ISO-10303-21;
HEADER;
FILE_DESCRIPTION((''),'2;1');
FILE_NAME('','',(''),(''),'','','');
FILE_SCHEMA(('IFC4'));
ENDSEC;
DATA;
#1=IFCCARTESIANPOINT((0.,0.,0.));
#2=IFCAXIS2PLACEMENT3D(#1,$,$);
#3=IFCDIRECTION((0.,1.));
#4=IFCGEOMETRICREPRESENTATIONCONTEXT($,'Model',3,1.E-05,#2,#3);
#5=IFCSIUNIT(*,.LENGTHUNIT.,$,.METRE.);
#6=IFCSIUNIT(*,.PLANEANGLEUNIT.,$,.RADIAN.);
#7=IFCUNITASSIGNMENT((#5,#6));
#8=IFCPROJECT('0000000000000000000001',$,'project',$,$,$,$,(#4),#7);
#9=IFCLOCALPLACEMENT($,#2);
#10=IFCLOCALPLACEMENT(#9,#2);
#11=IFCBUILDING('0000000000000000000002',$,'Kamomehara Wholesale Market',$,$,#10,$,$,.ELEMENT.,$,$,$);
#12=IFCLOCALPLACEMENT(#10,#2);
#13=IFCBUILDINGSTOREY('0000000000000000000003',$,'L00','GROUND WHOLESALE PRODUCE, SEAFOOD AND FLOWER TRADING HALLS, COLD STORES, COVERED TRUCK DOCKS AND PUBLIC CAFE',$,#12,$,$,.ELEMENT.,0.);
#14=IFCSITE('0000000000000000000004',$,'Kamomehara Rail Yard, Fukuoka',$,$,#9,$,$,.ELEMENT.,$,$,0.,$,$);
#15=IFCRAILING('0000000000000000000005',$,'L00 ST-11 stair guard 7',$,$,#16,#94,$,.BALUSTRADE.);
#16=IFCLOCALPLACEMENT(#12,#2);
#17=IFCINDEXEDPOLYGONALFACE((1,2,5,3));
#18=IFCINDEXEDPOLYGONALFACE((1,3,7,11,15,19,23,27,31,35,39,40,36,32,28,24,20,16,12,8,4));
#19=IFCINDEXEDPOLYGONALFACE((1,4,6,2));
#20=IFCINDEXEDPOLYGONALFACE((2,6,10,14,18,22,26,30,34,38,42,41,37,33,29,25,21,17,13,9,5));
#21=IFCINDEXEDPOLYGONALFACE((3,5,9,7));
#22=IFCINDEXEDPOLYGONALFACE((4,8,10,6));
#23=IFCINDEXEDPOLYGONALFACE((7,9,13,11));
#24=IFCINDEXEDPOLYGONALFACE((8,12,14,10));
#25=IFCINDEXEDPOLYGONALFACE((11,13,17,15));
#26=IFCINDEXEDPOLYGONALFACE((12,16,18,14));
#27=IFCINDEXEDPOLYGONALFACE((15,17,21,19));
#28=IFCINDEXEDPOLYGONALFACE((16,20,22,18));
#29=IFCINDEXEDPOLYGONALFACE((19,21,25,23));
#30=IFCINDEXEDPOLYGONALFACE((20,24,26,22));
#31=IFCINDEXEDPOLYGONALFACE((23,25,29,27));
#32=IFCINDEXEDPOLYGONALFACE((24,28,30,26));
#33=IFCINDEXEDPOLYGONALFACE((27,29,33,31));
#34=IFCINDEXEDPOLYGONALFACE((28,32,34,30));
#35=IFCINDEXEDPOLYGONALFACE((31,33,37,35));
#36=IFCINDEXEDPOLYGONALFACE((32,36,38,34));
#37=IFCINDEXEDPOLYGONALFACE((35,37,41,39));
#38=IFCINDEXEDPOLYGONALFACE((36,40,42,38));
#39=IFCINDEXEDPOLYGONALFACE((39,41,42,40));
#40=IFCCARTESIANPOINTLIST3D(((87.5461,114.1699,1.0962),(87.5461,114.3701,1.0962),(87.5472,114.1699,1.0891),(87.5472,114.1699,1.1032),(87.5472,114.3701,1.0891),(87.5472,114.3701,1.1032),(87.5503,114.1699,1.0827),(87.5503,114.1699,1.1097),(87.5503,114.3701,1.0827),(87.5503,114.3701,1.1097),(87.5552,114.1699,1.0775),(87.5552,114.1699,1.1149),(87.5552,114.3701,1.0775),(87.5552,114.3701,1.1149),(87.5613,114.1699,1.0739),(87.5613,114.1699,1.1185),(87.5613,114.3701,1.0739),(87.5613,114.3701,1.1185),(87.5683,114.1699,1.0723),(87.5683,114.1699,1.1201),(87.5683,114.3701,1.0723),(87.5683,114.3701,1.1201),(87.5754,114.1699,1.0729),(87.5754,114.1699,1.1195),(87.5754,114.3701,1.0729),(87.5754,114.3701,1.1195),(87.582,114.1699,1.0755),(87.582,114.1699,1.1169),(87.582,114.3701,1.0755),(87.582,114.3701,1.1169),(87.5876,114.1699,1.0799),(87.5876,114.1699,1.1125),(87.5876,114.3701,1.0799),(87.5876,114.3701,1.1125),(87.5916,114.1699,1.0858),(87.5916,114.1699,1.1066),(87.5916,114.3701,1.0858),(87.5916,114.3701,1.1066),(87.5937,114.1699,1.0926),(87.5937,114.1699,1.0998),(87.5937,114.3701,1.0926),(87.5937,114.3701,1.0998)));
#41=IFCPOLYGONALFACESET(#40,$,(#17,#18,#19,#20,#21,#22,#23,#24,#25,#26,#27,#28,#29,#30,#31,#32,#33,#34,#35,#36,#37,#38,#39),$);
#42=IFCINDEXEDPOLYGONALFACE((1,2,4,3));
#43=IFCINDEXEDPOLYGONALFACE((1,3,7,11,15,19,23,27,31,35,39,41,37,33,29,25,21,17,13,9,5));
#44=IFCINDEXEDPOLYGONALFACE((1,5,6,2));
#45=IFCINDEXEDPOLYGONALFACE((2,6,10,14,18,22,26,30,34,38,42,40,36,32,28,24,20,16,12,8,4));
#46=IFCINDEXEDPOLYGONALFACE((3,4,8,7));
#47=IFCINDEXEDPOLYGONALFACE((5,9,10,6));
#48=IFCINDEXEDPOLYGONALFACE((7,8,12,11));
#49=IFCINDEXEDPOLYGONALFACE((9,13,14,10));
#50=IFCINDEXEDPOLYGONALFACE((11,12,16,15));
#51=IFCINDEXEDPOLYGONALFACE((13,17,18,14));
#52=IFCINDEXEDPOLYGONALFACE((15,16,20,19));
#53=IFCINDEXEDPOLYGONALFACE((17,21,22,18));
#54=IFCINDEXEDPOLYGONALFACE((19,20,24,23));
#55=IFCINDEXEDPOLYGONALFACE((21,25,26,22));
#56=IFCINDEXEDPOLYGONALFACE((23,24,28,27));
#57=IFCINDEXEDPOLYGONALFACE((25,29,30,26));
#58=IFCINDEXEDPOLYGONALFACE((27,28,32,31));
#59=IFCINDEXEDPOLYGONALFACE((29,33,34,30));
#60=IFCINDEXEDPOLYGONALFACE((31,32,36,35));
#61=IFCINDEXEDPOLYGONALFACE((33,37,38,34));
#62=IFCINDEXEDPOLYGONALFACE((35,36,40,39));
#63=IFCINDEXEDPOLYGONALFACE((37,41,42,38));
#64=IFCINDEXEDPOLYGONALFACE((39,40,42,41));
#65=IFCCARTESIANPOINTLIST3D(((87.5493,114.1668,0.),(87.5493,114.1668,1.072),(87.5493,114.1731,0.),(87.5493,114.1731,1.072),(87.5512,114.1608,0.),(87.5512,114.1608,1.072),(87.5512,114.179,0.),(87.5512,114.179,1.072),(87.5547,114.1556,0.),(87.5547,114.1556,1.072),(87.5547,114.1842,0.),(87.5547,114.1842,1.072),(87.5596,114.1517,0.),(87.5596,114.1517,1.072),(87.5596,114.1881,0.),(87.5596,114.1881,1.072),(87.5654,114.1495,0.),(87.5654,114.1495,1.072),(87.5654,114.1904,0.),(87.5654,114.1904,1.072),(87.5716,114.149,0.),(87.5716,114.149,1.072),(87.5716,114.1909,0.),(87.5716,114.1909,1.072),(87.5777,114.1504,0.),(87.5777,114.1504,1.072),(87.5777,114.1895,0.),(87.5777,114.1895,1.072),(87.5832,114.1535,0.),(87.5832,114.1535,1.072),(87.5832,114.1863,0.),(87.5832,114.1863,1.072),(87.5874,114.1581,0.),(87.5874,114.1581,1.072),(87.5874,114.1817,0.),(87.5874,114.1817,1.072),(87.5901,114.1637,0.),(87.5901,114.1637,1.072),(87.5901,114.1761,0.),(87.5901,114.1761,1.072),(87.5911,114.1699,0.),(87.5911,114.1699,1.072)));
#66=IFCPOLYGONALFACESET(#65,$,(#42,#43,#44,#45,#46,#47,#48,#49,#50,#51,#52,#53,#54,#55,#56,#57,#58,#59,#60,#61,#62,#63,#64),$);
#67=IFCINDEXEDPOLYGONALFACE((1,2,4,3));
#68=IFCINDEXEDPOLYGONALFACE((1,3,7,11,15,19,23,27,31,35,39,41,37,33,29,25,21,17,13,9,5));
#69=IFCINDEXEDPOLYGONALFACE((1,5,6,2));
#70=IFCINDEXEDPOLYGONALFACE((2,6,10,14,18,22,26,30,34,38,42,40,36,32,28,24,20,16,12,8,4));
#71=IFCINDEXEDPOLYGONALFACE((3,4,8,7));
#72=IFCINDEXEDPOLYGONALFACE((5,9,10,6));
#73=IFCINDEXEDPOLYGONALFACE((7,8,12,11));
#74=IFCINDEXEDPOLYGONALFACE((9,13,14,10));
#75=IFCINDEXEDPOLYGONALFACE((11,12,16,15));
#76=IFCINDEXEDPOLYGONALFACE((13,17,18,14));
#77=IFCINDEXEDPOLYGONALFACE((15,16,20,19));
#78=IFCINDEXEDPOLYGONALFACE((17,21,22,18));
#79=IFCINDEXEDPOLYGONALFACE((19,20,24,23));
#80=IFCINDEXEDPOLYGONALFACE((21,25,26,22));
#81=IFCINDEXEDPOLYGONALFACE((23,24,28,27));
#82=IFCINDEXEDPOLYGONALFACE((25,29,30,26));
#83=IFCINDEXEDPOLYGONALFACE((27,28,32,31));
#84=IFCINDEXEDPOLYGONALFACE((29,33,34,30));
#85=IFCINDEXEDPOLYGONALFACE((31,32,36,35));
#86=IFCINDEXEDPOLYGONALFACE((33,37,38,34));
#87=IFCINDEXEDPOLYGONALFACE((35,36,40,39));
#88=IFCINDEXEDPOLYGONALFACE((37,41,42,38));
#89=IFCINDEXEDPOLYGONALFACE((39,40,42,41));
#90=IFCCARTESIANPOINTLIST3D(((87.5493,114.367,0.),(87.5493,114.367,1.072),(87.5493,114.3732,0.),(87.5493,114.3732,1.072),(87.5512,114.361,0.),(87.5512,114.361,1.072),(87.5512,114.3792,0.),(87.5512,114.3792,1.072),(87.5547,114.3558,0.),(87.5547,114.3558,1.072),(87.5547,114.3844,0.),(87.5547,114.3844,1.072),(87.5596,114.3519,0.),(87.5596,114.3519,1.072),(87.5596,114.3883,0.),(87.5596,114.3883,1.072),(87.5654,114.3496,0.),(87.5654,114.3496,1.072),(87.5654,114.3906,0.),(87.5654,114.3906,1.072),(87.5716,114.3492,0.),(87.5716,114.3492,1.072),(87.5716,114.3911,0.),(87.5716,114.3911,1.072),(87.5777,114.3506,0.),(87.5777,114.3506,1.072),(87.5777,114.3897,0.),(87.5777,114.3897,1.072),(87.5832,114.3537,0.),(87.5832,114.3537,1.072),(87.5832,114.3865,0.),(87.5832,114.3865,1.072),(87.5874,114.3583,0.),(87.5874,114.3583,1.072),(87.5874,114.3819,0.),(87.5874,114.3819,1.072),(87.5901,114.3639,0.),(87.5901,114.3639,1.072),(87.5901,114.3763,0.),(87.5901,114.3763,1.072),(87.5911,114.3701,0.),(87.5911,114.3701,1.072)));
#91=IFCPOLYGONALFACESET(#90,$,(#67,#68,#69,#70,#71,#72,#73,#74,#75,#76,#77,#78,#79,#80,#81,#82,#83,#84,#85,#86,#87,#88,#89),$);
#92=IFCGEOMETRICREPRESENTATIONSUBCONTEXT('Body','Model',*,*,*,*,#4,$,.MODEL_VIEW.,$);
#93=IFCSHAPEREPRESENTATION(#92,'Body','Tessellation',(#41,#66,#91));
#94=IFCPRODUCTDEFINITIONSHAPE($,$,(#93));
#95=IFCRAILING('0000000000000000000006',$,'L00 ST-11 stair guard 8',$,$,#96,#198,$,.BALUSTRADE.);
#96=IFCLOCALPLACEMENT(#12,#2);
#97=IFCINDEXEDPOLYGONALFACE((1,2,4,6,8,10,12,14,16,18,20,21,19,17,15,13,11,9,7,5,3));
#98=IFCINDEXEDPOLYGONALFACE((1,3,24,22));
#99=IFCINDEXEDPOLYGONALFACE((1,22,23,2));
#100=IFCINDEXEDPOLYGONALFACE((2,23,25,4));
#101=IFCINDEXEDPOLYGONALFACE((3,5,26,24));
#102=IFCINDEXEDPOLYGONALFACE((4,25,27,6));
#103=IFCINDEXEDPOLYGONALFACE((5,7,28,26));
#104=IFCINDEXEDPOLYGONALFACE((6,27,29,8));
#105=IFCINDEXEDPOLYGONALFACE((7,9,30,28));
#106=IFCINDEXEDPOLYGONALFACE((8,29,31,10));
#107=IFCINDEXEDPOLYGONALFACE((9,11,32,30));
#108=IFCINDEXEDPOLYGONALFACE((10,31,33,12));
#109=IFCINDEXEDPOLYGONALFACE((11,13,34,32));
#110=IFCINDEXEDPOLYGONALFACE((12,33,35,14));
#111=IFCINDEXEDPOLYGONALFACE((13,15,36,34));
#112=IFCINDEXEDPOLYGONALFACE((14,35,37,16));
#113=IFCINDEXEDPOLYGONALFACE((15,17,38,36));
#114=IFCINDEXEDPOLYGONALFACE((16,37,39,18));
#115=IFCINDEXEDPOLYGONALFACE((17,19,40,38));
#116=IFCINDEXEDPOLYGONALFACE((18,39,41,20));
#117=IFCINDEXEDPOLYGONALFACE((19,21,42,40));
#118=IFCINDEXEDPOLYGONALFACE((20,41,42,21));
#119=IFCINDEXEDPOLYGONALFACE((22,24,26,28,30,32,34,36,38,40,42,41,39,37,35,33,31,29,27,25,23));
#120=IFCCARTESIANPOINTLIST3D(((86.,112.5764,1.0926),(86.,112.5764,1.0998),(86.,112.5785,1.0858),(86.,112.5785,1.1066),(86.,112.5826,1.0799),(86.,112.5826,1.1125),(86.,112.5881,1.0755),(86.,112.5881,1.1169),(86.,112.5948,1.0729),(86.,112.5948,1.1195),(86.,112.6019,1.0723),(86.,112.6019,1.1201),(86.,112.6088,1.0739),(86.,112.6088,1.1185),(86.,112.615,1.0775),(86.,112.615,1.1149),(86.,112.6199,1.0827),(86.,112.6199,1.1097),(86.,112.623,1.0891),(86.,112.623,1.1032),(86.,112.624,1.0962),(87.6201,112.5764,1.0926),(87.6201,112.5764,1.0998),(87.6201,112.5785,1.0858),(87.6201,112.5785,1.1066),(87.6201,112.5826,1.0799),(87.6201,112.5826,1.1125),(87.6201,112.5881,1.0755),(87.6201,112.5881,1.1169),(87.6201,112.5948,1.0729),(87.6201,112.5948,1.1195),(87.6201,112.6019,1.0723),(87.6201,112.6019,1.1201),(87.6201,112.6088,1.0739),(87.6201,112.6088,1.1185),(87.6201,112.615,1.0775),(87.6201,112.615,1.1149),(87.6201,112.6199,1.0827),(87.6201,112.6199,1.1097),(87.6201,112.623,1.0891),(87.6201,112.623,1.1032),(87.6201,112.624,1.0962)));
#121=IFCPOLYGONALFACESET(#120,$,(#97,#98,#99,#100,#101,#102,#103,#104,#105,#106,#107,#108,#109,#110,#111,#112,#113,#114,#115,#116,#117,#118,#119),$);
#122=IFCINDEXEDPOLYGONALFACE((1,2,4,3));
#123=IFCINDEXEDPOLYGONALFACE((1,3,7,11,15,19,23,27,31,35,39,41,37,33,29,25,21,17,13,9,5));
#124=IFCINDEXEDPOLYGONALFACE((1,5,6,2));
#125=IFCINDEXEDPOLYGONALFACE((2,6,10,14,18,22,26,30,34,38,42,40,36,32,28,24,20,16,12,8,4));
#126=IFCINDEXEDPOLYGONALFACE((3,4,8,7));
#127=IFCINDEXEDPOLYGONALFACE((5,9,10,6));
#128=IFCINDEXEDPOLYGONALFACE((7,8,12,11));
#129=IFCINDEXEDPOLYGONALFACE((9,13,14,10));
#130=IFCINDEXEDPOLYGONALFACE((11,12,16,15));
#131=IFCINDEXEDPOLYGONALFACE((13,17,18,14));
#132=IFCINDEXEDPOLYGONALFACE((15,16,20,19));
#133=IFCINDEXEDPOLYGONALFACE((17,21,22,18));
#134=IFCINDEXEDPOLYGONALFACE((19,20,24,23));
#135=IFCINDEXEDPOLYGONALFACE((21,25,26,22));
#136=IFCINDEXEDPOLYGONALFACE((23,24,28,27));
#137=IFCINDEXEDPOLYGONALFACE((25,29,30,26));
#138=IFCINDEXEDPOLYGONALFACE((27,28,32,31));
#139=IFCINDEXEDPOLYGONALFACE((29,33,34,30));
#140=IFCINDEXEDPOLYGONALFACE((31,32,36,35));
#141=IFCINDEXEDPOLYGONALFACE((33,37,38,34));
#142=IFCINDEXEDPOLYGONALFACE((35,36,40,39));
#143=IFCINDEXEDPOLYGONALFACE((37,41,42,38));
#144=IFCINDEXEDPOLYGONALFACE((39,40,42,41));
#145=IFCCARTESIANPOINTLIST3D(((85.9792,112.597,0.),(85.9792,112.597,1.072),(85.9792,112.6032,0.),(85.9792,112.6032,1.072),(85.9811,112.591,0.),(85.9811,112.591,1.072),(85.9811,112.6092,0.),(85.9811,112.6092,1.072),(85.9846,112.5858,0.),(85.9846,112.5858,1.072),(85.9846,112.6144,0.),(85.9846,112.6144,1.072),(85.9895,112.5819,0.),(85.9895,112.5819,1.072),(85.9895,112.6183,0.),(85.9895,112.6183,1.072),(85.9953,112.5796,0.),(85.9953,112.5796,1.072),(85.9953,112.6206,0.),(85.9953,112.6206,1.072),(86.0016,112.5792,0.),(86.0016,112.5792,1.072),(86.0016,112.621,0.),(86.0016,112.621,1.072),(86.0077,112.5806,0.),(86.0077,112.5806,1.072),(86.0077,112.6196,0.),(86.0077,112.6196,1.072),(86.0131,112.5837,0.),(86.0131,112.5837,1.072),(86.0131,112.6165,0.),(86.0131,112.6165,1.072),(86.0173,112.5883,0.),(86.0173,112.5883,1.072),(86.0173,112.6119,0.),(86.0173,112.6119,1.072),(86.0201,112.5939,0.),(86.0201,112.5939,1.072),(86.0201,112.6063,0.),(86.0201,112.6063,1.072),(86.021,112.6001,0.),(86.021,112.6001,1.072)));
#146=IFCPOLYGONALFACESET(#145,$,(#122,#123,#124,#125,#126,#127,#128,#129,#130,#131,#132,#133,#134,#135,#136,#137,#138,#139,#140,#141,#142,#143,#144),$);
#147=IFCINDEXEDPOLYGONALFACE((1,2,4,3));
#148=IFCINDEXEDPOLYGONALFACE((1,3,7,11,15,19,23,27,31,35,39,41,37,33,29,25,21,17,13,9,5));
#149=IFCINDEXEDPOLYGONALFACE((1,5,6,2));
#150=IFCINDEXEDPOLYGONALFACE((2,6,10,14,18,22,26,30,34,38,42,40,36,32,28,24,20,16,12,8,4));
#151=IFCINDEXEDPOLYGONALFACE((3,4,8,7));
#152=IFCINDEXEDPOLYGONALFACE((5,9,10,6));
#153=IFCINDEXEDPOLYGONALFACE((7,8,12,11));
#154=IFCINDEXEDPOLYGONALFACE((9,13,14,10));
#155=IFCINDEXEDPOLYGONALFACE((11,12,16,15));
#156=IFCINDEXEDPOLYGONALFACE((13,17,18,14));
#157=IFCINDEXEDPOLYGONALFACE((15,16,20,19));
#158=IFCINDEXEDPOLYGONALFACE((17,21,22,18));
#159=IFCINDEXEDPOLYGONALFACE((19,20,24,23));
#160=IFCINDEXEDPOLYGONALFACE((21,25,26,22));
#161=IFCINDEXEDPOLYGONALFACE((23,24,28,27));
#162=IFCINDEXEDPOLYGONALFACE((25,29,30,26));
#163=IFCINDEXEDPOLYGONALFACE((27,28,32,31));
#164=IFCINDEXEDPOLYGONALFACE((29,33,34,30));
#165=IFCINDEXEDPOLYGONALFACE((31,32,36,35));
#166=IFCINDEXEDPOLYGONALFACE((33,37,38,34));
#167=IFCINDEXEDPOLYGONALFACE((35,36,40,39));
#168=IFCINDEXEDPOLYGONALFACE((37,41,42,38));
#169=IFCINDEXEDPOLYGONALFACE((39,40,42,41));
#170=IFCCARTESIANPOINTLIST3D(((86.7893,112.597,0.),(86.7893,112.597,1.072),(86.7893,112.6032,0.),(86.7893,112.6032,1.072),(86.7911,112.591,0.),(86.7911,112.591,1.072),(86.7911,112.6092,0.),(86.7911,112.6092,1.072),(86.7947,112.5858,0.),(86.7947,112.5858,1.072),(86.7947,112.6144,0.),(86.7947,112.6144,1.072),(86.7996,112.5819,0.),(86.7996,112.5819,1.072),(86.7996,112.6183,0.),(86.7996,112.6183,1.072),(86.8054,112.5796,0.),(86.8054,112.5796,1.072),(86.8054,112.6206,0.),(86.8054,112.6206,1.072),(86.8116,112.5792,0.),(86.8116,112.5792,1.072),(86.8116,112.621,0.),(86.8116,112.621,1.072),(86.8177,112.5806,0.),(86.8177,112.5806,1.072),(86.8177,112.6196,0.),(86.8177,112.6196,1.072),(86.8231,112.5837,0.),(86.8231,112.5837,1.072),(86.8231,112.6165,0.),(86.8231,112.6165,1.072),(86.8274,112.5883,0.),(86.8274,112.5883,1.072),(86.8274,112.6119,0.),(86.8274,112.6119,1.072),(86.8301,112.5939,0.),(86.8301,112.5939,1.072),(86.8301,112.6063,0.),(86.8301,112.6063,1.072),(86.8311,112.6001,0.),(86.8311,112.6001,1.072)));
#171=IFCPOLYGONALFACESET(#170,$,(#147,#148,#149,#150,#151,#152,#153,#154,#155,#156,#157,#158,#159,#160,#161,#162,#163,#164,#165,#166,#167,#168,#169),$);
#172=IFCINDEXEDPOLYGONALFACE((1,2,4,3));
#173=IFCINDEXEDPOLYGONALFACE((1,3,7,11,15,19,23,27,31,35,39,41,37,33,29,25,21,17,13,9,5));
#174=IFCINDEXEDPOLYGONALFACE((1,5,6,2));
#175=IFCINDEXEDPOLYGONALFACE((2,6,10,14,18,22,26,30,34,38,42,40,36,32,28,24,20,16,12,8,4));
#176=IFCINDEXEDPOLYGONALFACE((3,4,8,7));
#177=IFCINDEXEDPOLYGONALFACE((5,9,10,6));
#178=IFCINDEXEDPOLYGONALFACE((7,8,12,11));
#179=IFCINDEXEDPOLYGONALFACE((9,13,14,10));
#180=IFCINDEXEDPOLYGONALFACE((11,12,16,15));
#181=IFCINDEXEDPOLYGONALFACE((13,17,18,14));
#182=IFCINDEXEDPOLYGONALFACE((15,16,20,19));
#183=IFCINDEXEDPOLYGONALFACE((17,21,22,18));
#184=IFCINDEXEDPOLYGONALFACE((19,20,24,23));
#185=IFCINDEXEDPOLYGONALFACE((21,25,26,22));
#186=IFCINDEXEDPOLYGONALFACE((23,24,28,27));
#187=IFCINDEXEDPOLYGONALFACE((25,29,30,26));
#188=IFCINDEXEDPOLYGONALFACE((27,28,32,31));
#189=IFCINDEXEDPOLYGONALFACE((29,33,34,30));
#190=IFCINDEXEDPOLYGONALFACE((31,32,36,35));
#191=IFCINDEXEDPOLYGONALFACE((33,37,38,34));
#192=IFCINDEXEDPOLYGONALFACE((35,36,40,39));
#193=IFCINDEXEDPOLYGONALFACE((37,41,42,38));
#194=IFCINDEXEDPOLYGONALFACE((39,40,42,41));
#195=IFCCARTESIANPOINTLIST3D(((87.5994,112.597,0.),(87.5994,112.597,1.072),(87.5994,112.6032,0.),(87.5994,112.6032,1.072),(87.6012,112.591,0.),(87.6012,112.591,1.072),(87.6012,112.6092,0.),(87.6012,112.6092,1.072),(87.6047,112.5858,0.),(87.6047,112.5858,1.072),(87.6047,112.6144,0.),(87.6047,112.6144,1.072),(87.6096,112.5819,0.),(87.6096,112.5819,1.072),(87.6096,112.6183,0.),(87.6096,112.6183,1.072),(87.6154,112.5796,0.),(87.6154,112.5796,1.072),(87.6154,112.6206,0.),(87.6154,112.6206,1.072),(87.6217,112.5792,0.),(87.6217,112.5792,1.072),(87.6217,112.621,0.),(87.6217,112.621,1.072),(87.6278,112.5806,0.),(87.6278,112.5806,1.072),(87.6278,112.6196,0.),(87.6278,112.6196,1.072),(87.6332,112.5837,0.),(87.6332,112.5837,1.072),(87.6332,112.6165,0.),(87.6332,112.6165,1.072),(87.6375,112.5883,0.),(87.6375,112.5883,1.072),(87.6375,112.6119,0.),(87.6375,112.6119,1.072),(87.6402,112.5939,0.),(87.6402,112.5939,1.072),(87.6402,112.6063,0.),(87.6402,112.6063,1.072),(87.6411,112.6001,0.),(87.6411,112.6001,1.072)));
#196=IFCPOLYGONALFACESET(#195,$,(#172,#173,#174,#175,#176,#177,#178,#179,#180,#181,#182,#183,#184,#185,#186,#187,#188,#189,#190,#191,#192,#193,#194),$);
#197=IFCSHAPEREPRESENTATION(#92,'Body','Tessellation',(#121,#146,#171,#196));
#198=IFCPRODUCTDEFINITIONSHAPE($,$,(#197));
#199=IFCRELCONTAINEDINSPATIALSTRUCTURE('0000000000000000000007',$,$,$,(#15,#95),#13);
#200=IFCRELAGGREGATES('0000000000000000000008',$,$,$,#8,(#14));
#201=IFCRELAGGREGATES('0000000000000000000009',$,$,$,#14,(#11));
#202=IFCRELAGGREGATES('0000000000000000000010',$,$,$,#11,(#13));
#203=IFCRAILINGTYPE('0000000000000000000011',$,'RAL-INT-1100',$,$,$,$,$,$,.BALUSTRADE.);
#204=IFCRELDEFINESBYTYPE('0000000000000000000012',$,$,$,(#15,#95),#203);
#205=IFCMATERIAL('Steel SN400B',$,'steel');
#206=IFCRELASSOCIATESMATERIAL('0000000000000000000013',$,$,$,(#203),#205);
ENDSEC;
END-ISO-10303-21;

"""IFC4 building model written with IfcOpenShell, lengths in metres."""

from ifc_helpers import new_model, si_unit, direction, frame, origin, origin_2d, place, context, subcontext, project, spatial, circle, extrude, material, type_object, element, save


model = new_model("IFC4")

# Units and contexts
model_context = context("Model", 3, precision=1e-05, world=origin(), true_north=direction((0.0, 1.0)))
body_context = subcontext(model_context, "Body", "Model", "MODEL_VIEW")
ifc_project = project(units=[si_unit("LENGTHUNIT", "METRE"), si_unit("PLANEANGLEUNIT", "RADIAN")], contexts=[model_context])

# Site, building, storey
site_placement = place(None, origin())
site = spatial("IfcSite", under=ifc_project, at=site_placement, Name="Kamomehara Rail Yard, Fukuoka", CompositionType="ELEMENT", RefElevation=0.0)
building_placement = place(site_placement, origin())
building = spatial("IfcBuilding", under=site, at=building_placement, Name="Kamomehara Wholesale Market", CompositionType="ELEMENT")
storey_placement = place(building_placement, origin())
storey = spatial("IfcBuildingStorey", under=building, at=storey_placement, Name="L00", Description="GROUND WHOLESALE PRODUCE, SEAFOOD AND FLOWER TRADING HALLS, COLD STORES, COVERED TRUCK DOCKS AND PUBLIC CAFE", CompositionType="ELEMENT", Elevation=0.0)

# Railings
ifc_material_1 = material(Name="Steel SN400B", Category="steel")
railing_type_1 = type_object("IfcRailingType", Name="RAL-INT-1100", PredefinedType="BALUSTRADE", material=ifc_material_1)
railing_1_placement = place(storey_placement, frame((87.5701, 114.1699, 0.0)))
element("IfcRailing", 1, at=railing_1_placement, inside=storey, type_object=railing_type_1, Name="L00 ST-11 stair guard 7", PredefinedType="BALUSTRADE", context=body_context, shape_type="SweptSolid", body=[
    extrude(circle(Radius=0.0239, at=origin_2d()), frame((0.0, 0.0, 1.0962), z_axis=(0.0, 1.0, 0.0), x_axis=(-1.0, 0.0, 0.0)), (0.0, 0.0, 1.0), 0.2002),
    extrude(circle(Radius=0.021, at=origin_2d()), origin(), (0.0, 0.0, 1.0), 1.072),
    extrude(circle(Radius=0.021, at=origin_2d()), frame((0.0, 0.2002, 0.0)), (0.0, 0.0, 1.0), 1.072),
])
railing_2_placement = place(storey_placement, frame((86.0, 112.6001, 0.0)))
element("IfcRailing", 2, at=railing_2_placement, inside=storey, type_object=railing_type_1, Name="L00 ST-11 stair guard 8", PredefinedType="BALUSTRADE", context=body_context, shape_type="SweptSolid", body=[
    extrude(circle(Radius=0.0239, at=origin_2d()), frame((0.0, 0.0, 1.0962), z_axis=(1.0, 0.0, 0.0), x_axis=(0.0, 1.0, 0.0)), (0.0, 0.0, 1.0), 1.6201),
    extrude(circle(Radius=0.021, at=origin_2d()), origin(), (0.0, 0.0, 1.0), 1.072),
    extrude(circle(Radius=0.021, at=origin_2d()), frame((0.8101, 0.0, 0.0)), (0.0, 0.0, 1.0), 1.072),
    extrude(circle(Radius=0.021, at=origin_2d()), frame((1.6201, 0.0, 0.0)), (0.0, 0.0, 1.0), 1.072),
])

save(model, "model.ifc")
